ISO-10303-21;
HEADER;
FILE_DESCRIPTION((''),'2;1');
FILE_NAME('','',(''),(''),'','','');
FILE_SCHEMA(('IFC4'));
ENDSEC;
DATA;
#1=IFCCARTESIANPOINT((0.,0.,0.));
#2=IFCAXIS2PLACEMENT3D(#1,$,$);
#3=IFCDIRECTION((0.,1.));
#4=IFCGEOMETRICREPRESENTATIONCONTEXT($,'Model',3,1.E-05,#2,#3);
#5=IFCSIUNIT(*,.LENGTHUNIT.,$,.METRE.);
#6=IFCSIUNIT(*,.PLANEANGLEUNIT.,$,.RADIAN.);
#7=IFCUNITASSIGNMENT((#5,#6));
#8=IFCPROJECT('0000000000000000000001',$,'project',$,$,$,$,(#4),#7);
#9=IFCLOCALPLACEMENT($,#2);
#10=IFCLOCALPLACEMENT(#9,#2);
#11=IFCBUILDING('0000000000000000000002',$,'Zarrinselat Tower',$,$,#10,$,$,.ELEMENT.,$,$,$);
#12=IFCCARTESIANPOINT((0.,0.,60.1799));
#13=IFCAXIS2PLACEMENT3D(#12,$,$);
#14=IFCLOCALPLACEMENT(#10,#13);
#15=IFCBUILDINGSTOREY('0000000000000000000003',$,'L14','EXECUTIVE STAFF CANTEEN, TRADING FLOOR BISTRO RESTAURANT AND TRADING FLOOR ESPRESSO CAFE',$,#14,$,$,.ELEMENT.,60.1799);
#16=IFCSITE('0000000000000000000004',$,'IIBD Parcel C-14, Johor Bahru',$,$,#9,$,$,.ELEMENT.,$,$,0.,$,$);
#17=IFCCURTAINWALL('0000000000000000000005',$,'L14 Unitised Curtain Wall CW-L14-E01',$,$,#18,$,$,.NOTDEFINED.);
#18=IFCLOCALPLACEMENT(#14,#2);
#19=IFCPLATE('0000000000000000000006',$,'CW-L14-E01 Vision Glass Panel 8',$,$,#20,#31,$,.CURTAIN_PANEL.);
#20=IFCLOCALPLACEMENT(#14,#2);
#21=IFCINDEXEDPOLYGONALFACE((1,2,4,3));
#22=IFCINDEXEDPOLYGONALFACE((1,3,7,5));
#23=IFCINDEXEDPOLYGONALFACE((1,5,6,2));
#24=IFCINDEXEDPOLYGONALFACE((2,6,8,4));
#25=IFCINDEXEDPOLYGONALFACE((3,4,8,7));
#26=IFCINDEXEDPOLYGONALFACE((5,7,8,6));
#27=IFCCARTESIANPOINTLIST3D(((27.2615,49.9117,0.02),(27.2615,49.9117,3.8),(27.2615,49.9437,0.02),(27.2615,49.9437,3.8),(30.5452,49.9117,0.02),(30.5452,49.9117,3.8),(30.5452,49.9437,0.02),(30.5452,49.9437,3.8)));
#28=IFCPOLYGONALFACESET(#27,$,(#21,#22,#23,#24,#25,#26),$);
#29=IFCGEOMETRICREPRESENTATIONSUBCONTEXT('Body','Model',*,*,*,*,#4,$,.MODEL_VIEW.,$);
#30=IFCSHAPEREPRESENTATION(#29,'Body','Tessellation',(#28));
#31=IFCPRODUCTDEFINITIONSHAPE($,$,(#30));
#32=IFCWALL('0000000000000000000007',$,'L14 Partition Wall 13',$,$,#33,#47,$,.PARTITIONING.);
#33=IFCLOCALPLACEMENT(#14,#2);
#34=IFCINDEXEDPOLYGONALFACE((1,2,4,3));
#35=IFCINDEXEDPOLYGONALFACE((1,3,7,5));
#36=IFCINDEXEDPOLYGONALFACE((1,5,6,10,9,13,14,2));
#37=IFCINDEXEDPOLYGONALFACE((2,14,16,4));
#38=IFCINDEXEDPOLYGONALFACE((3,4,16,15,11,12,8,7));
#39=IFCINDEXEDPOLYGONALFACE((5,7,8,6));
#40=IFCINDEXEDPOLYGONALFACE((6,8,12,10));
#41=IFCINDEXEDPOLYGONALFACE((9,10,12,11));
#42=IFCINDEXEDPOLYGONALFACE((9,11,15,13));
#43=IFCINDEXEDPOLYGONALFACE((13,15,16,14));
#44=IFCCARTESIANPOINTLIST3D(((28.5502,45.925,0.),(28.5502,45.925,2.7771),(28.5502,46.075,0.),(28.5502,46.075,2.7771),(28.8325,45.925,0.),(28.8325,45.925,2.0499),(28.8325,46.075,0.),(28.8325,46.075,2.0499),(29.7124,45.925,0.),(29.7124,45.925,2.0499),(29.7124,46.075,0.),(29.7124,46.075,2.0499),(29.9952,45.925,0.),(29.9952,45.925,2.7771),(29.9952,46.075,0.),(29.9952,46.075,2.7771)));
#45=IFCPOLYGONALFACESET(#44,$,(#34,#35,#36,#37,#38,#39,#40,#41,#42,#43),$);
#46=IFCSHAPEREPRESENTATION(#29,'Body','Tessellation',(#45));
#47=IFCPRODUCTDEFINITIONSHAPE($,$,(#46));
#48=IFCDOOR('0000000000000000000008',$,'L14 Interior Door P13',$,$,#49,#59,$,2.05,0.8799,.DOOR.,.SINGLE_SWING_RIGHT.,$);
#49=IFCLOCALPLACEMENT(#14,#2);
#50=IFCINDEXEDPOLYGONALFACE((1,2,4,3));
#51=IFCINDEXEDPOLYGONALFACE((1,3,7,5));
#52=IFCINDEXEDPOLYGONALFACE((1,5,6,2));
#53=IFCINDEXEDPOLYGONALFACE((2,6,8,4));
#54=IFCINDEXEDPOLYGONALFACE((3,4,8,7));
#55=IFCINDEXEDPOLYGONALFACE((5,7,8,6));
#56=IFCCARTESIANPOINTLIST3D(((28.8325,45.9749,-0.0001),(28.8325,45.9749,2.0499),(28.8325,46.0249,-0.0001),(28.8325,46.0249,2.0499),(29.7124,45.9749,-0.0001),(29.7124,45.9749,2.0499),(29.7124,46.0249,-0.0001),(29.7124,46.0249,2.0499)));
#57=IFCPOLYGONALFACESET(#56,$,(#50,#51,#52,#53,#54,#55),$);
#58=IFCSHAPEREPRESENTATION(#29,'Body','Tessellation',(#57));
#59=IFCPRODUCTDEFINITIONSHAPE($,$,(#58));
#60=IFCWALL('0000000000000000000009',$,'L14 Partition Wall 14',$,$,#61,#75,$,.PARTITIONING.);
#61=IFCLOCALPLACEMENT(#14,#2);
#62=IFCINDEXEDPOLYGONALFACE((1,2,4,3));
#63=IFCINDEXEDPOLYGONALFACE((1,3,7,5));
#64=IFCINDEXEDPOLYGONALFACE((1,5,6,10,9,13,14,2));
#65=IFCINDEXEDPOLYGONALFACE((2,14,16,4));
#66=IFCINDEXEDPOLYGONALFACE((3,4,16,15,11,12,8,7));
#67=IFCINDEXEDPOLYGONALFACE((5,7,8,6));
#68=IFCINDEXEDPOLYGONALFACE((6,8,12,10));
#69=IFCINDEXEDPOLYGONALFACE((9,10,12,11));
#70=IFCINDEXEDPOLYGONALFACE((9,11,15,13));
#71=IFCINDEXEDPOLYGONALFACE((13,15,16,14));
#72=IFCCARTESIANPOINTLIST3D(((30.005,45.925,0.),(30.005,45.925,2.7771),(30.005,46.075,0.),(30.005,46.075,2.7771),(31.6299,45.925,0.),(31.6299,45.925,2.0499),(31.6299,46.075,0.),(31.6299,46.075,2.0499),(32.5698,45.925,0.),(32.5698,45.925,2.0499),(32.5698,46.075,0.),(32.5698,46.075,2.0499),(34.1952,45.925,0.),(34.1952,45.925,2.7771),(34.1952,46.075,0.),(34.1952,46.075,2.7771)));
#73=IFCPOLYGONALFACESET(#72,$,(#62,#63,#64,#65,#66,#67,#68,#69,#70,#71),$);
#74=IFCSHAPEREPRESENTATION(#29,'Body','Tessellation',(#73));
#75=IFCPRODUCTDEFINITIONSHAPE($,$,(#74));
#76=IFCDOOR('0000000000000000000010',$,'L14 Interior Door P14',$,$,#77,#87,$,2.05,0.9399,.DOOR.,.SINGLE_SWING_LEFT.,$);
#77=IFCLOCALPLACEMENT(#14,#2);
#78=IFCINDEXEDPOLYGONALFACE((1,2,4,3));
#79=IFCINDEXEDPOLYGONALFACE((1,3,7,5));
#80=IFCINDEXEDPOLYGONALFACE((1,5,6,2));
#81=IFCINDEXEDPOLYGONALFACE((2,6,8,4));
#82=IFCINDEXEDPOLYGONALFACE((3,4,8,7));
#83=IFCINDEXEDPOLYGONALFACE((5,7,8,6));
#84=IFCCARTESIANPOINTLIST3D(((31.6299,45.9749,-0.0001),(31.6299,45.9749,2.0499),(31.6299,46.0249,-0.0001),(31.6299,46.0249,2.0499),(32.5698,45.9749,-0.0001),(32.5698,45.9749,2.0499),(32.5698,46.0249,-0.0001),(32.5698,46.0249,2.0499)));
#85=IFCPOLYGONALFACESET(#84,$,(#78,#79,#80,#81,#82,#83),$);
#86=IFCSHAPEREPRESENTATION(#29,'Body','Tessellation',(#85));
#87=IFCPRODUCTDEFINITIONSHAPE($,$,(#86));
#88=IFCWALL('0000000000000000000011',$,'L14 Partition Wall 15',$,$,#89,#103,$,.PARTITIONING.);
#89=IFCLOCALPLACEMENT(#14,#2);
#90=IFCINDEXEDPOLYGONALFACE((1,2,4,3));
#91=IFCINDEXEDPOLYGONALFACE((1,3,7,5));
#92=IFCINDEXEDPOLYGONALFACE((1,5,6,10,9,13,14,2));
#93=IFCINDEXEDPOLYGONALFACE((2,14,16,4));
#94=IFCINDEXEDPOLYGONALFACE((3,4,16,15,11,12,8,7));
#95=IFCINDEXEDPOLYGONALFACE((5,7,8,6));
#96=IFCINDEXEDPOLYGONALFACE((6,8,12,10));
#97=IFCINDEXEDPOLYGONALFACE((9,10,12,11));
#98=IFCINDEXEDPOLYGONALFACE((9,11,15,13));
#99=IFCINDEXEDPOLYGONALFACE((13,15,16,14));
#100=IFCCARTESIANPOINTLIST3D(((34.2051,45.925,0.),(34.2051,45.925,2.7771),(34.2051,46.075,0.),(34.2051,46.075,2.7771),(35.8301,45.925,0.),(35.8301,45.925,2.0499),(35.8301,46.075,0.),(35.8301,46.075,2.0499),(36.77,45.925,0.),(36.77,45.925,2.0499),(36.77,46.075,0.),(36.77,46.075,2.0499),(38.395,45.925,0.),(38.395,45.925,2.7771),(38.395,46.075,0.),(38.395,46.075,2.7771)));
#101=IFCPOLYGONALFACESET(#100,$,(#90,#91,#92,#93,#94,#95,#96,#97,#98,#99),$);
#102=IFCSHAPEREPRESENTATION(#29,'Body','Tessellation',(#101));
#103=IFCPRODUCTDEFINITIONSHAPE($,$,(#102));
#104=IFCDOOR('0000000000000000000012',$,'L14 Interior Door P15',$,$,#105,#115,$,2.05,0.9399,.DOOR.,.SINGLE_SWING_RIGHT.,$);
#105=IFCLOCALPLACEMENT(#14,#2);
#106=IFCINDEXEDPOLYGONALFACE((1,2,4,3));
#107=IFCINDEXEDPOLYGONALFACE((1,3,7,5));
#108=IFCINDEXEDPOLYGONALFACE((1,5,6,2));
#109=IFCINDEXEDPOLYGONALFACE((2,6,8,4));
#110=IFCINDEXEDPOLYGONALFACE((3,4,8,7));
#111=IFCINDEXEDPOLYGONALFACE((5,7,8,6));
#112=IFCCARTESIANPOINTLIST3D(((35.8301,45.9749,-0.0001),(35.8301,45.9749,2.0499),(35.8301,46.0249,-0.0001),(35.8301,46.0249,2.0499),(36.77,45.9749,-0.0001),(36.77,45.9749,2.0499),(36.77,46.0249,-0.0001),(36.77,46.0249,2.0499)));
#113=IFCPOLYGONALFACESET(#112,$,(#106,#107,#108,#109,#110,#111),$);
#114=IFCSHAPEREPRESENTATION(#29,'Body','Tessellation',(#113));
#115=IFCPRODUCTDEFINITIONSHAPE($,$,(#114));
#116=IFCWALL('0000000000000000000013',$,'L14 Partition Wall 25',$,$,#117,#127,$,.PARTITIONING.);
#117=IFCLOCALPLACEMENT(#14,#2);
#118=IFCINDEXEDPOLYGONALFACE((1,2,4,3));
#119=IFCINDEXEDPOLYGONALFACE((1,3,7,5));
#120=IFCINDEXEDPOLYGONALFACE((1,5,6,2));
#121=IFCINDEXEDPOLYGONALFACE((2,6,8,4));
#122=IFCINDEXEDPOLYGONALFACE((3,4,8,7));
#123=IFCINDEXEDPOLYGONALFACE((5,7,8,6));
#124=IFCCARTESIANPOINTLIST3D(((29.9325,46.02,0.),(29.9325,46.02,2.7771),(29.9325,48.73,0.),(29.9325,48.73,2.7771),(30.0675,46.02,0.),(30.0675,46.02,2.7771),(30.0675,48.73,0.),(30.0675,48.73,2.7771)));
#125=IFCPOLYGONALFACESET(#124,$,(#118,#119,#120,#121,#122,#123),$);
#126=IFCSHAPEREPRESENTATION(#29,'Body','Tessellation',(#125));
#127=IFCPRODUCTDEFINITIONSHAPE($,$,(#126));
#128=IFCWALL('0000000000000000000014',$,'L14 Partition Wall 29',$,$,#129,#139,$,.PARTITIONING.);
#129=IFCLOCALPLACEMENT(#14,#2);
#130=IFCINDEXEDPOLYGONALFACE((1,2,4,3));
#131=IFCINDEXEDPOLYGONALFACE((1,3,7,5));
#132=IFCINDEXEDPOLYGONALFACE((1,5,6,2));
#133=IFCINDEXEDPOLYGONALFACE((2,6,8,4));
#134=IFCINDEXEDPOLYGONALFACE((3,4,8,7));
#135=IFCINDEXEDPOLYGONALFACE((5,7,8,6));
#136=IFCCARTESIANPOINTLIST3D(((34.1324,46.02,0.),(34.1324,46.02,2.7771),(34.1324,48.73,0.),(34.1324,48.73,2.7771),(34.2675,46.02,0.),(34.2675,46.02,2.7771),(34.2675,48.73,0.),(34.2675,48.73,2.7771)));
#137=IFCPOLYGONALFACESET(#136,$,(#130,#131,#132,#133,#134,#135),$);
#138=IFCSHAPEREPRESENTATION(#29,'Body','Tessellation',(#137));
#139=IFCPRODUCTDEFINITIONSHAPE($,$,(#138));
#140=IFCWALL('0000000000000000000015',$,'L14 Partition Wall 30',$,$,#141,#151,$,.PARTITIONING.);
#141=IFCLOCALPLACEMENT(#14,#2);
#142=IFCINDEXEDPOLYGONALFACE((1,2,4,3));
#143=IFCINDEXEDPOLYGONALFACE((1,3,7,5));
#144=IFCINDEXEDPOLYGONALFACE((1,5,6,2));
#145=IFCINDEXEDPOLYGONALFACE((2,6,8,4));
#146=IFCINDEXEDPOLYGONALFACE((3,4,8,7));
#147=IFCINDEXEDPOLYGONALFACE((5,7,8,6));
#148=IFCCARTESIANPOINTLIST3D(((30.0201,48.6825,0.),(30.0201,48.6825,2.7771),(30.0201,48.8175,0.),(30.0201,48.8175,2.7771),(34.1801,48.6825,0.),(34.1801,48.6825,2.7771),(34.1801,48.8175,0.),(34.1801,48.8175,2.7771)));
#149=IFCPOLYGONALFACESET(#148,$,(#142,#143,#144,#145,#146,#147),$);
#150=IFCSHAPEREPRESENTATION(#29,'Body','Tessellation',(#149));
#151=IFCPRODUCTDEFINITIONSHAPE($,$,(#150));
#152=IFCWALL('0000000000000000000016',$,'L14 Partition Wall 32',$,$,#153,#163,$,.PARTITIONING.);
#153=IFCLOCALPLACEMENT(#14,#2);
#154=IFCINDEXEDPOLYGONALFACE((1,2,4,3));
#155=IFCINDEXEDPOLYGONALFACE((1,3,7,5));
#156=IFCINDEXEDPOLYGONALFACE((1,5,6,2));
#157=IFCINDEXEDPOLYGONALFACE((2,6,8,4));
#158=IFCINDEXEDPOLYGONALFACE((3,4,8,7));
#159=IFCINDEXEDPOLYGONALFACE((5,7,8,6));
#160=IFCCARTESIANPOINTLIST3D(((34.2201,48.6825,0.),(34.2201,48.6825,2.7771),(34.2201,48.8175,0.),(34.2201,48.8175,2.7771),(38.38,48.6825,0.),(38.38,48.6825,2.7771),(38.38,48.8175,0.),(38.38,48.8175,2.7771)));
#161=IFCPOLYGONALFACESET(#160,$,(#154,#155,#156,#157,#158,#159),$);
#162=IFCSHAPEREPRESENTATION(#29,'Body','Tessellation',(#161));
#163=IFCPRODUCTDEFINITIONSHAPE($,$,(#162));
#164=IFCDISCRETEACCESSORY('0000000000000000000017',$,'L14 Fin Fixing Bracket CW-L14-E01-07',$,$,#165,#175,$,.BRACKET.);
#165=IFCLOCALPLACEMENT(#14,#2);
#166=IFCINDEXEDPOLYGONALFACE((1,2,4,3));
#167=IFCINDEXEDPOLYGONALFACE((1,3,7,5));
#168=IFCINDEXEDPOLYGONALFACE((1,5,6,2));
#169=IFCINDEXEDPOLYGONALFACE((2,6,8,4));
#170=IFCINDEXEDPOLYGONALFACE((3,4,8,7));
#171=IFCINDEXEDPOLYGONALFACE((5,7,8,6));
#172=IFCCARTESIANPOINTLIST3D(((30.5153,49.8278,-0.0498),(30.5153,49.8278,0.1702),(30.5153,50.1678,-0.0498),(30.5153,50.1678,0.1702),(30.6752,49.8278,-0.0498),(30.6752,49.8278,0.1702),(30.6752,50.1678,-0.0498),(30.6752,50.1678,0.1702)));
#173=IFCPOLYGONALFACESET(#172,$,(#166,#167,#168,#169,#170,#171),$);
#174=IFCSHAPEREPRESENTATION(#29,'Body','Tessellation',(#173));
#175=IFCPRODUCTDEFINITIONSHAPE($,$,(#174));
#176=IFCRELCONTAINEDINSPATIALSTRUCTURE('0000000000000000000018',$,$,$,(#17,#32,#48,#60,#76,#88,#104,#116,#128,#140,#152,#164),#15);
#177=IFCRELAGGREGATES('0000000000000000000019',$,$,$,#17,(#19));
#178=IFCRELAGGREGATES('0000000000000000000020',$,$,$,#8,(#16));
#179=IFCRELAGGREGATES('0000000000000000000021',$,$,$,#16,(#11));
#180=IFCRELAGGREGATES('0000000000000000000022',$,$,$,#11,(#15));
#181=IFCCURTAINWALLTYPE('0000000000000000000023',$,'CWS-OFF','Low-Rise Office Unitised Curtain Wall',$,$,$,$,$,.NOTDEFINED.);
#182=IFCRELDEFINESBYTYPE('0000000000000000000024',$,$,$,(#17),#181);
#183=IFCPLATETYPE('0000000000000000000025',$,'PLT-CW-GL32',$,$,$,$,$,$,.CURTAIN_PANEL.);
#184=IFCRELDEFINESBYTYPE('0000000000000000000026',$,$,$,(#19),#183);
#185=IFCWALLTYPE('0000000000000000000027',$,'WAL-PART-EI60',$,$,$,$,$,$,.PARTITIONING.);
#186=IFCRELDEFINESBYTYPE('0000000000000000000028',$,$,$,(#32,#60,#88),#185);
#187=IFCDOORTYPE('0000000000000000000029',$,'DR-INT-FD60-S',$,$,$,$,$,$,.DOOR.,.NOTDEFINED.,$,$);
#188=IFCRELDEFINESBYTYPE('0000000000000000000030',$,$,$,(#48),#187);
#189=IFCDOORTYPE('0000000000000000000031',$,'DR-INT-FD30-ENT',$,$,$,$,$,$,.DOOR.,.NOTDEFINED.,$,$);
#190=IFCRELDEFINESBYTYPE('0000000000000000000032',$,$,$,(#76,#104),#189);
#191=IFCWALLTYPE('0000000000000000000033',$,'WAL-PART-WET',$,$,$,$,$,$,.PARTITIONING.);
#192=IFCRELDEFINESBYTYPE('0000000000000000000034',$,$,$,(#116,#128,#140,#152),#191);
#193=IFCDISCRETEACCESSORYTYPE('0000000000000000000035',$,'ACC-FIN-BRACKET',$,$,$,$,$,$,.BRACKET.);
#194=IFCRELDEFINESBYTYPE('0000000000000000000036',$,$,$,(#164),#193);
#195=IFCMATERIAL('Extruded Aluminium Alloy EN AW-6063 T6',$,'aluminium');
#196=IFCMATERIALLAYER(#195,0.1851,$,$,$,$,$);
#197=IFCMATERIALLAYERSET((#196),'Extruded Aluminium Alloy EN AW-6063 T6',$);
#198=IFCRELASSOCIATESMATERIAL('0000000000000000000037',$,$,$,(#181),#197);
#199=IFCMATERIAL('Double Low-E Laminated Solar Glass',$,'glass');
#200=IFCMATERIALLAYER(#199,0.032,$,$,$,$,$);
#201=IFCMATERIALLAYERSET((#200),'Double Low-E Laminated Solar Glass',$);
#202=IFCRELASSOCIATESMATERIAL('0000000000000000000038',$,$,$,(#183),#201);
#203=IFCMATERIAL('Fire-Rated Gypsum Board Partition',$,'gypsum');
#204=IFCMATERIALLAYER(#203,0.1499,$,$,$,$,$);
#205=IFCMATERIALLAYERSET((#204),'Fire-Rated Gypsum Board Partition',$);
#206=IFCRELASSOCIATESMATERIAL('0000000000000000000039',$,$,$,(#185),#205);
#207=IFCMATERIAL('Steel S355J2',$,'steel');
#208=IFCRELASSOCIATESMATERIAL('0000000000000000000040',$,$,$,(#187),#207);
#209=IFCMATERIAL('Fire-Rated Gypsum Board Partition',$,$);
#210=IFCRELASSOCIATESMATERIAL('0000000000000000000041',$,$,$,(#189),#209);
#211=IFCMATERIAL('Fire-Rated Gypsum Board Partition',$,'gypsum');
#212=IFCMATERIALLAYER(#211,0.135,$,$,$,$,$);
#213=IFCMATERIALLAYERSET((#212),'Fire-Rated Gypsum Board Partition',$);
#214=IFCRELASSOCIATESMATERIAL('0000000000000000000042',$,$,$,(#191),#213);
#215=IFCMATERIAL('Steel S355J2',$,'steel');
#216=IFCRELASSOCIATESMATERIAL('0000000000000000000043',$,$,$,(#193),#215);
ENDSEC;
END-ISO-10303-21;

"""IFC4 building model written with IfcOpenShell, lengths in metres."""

from ifc_helpers import new_model, si_unit, direction, frame, frame_2d, origin, origin_2d, place, context, subcontext, project, spatial, rectangle, extrude, material, layer, layer_set, type_object, element, fill, aggregate, save


model = new_model("IFC4")

# Units and contexts
model_context = context("Model", 3, precision=1e-05, world=origin(), true_north=direction((0.0, 1.0)))
body_context = subcontext(model_context, "Body", "Model", "MODEL_VIEW")
ifc_project = project(units=[si_unit("LENGTHUNIT", "METRE"), si_unit("PLANEANGLEUNIT", "RADIAN")], contexts=[model_context])

# Site, building, storey
site_placement = place(None, origin())
site = spatial("IfcSite", under=ifc_project, at=site_placement, Name="IIBD Parcel C-14, Johor Bahru", CompositionType="ELEMENT", RefElevation=0.0)
building_placement = place(site_placement, origin())
building = spatial("IfcBuilding", under=site, at=building_placement, Name="Zarrinselat Tower", CompositionType="ELEMENT")
storey_placement = place(building_placement, frame((0.0, 0.0, 60.1799)))
storey = spatial("IfcBuildingStorey", under=building, at=storey_placement, Name="L14", Description="EXECUTIVE STAFF CANTEEN, TRADING FLOOR BISTRO RESTAURANT AND TRADING FLOOR ESPRESSO CAFE", CompositionType="ELEMENT", Elevation=60.1799)

# Curtain wall, plate
ifc_material_1 = material(Name="Extruded Aluminium Alloy EN AW-6063 T6", Category="aluminium")
ifc_layer_1 = layer(ifc_material_1, 0.1851)
ifc_layer_set_1 = layer_set([ifc_layer_1], Name="Extruded Aluminium Alloy EN AW-6063 T6")
curtain_wall_type = type_object("IfcCurtainWallType", Name="CWS-OFF", Description="Low-Rise Office Unitised Curtain Wall", PredefinedType="NOTDEFINED", material=ifc_layer_set_1)
curtain_wall_placement = place(storey_placement, origin())
curtain_wall = element("IfcCurtainWall", 1, at=curtain_wall_placement, inside=storey, type_object=curtain_wall_type, Name="L14 Unitised Curtain Wall CW-L14-E01", PredefinedType="NOTDEFINED")
ifc_material_2 = material(Name="Double Low-E Laminated Solar Glass", Category="glass")
ifc_layer_2 = layer(ifc_material_2, 0.032)
ifc_layer_set_2 = layer_set([ifc_layer_2], Name="Double Low-E Laminated Solar Glass")
plate_type = type_object("IfcPlateType", Name="PLT-CW-GL32", PredefinedType="CURTAIN_PANEL", material=ifc_layer_set_2)
plate_1_placement = place(storey_placement, frame((28.9033, 49.9277, 0.02), z_axis=(0.0, 0.0, 1.0), x_axis=(-1.0, 0.0, 0.0)))
plate_1 = element("IfcPlate", 2, at=plate_1_placement, type_object=plate_type, Name="CW-L14-E01 Vision Glass Panel 8", PredefinedType="CURTAIN_PANEL", context=body_context, shape_type="SweptSolid", body=[
    extrude(rectangle(XDim=3.2837, YDim=0.032, at=origin_2d()), origin(), (0.0, 0.0, 1.0), 3.78),
])
aggregate(curtain_wall, [plate_1])

# Walls, openings, doors
ifc_material_3 = material(Name="Fire-Rated Gypsum Board Partition", Category="gypsum")
ifc_layer_3 = layer(ifc_material_3, 0.1499)
ifc_layer_set_3 = layer_set([ifc_layer_3], Name="Fire-Rated Gypsum Board Partition")
wall_type_1 = type_object("IfcWallType", Name="WAL-PART-EI60", PredefinedType="PARTITIONING", material=ifc_layer_set_3)
wall_1_placement = place(storey_placement, frame((28.55, 46.0, 0.0), z_axis=(0.0, 0.0, 1.0), x_axis=(1.0, 0.0, 0.0)))
wall_1 = element("IfcWall", 3, at=wall_1_placement, inside=storey, type_object=wall_type_1, Name="L14 Partition Wall 13", PredefinedType="PARTITIONING", context=body_context, shape_type="SweptSolid", body=[
    extrude(rectangle(XDim=1.4451, YDim=0.1499, at=frame_2d((0.7227, 0.0))), origin(), (0.0, 0.0, 1.0), 2.7771),
])
opening_1_placement = place(wall_1_placement, frame((0.2825, 0.0, 0.0)))
opening_1 = element("IfcOpeningElement", 4, at=opening_1_placement, cuts=wall_1, PredefinedType="OPENING", context=body_context, shape_type="SweptSolid", body=[
    extrude(rectangle(XDim=0.8799, YDim=2.05, at=frame_2d((0.4399, 1.0249))), frame((0.0, 0.085, 0.0), z_axis=(0.0, -1.0, 0.0), x_axis=(1.0, 0.0, 0.0)), (0.0, 0.0, 1.0), 0.1699),
])
ifc_material_4 = material(Name="Steel S355J2", Category="steel")
door_type_1 = type_object("IfcDoorType", Name="DR-INT-FD60-S", OperationType="NOTDEFINED", PredefinedType="DOOR", material=ifc_material_4)
door_1_placement = place(opening_1_placement, origin())
door_1 = element("IfcDoor", 5, at=door_1_placement, inside=storey, type_object=door_type_1, Name="L14 Interior Door P13", OperationType="SINGLE_SWING_RIGHT", OverallHeight=2.05, OverallWidth=0.8799, PredefinedType="DOOR", context=body_context, shape_type="SweptSolid", body=[
    extrude(rectangle(XDim=0.8799, YDim=2.05, at=frame_2d((0.4399, 1.0249))), frame((0.0, 0.0249, 0.0), z_axis=(0.0, -1.0, 0.0), x_axis=(1.0, 0.0, 0.0)), (0.0, 0.0, 1.0), 0.05),
])
fill(opening_1, door_1)
wall_2_placement = place(storey_placement, frame((30.0049, 46.0, 0.0), z_axis=(0.0, 0.0, 1.0), x_axis=(1.0, 0.0, 0.0)))
wall_2 = element("IfcWall", 6, at=wall_2_placement, inside=storey, type_object=wall_type_1, Name="L14 Partition Wall 14", PredefinedType="PARTITIONING", context=body_context, shape_type="SweptSolid", body=[
    extrude(rectangle(XDim=4.1902, YDim=0.1499, at=frame_2d((2.0952, 0.0))), origin(), (0.0, 0.0, 1.0), 2.7771),
])
opening_2_placement = place(wall_2_placement, frame((1.625, 0.0, 0.0)))
opening_2 = element("IfcOpeningElement", 7, at=opening_2_placement, cuts=wall_2, PredefinedType="OPENING", context=body_context, shape_type="SweptSolid", body=[
    extrude(rectangle(XDim=0.9399, YDim=2.05, at=frame_2d((0.47, 1.0249))), frame((0.0, 0.085, 0.0), z_axis=(0.0, -1.0, 0.0), x_axis=(1.0, 0.0, 0.0)), (0.0, 0.0, 1.0), 0.1699),
])
ifc_material_5 = material(Name="Fire-Rated Gypsum Board Partition")
door_type_2 = type_object("IfcDoorType", Name="DR-INT-FD30-ENT", OperationType="NOTDEFINED", PredefinedType="DOOR", material=ifc_material_5)
door_2_placement = place(opening_2_placement, origin())
door_2 = element("IfcDoor", 8, at=door_2_placement, inside=storey, type_object=door_type_2, Name="L14 Interior Door P14", OperationType="SINGLE_SWING_LEFT", OverallHeight=2.05, OverallWidth=0.9399, PredefinedType="DOOR", context=body_context, shape_type="SweptSolid", body=[
    extrude(rectangle(XDim=0.9399, YDim=2.05, at=frame_2d((0.47, 1.0249))), frame((0.0, 0.0249, 0.0), z_axis=(0.0, -1.0, 0.0), x_axis=(1.0, 0.0, 0.0)), (0.0, 0.0, 1.0), 0.05),
])
fill(opening_2, door_2)
wall_3_placement = place(storey_placement, frame((34.2051, 46.0, 0.0), z_axis=(0.0, 0.0, 1.0), x_axis=(1.0, 0.0, 0.0)))
wall_3 = element("IfcWall", 9, at=wall_3_placement, inside=storey, type_object=wall_type_1, Name="L14 Partition Wall 15", PredefinedType="PARTITIONING", context=body_context, shape_type="SweptSolid", body=[
    extrude(rectangle(XDim=4.1899, YDim=0.1499, at=frame_2d((2.095, 0.0))), origin(), (0.0, 0.0, 1.0), 2.7771),
])
opening_3_placement = place(wall_3_placement, frame((1.625, 0.0, 0.0)))
opening_3 = element("IfcOpeningElement", 10, at=opening_3_placement, cuts=wall_3, PredefinedType="OPENING", context=body_context, shape_type="SweptSolid", body=[
    extrude(rectangle(XDim=0.9399, YDim=2.05, at=frame_2d((0.47, 1.0249))), frame((0.0, 0.085, 0.0), z_axis=(0.0, -1.0, 0.0), x_axis=(1.0, 0.0, 0.0)), (0.0, 0.0, 1.0), 0.1699),
])
door_3_placement = place(opening_3_placement, origin())
door_3 = element("IfcDoor", 11, at=door_3_placement, inside=storey, type_object=door_type_2, Name="L14 Interior Door P15", OperationType="SINGLE_SWING_RIGHT", OverallHeight=2.05, OverallWidth=0.9399, PredefinedType="DOOR", context=body_context, shape_type="SweptSolid", body=[
    extrude(rectangle(XDim=0.9399, YDim=2.05, at=frame_2d((0.47, 1.0249))), frame((0.0, 0.0249, 0.0), z_axis=(0.0, -1.0, 0.0), x_axis=(1.0, 0.0, 0.0)), (0.0, 0.0, 1.0), 0.05),
])
fill(opening_3, door_3)

# Walls
ifc_material_6 = material(Name="Fire-Rated Gypsum Board Partition", Category="gypsum")
ifc_layer_4 = layer(ifc_material_6, 0.135)
ifc_layer_set_4 = layer_set([ifc_layer_4], Name="Fire-Rated Gypsum Board Partition")
wall_type_2 = type_object("IfcWallType", Name="WAL-PART-WET", PredefinedType="PARTITIONING", material=ifc_layer_set_4)
for number, where, z_axis, x_axis, name in (
    (12, (30.0, 46.02, 0.0), (0.0, 0.0, 1.0), (0.0, 1.0, 0.0), "L14 Partition Wall 25"),
    (13, (34.2, 46.02, 0.0), (0.0, 0.0, 1.0), (0.0, 1.0, 0.0), "L14 Partition Wall 29"),
):
    element("IfcWall", number, at=place(storey_placement, frame(where, z_axis=z_axis, x_axis=x_axis)), inside=storey, type_object=wall_type_2, Name=name, PredefinedType="PARTITIONING", context=body_context, shape_type="SweptSolid", body=[
        extrude(rectangle(XDim=2.71, YDim=0.135, at=frame_2d((1.355, 0.0))), origin(), (0.0, 0.0, 1.0), 2.7771),
    ])
for number, where, z_axis, x_axis, name in (
    (14, (30.02, 48.75, 0.0), (0.0, 0.0, 1.0), (1.0, 0.0, 0.0), "L14 Partition Wall 30"),
    (15, (34.22, 48.75, 0.0), (0.0, 0.0, 1.0), (1.0, 0.0, 0.0), "L14 Partition Wall 32"),
):
    element("IfcWall", number, at=place(storey_placement, frame(where, z_axis=z_axis, x_axis=x_axis)), inside=storey, type_object=wall_type_2, Name=name, PredefinedType="PARTITIONING", context=body_context, shape_type="SweptSolid", body=[
        extrude(rectangle(XDim=4.1599, YDim=0.135, at=frame_2d((2.0801, 0.0))), origin(), (0.0, 0.0, 1.0), 2.7771),
    ])

# Discrete accessory
ifc_material_7 = material(Name="Steel S355J2", Category="steel")
discrete_accessory_type = type_object("IfcDiscreteAccessoryType", Name="ACC-FIN-BRACKET", PredefinedType="BRACKET", material=ifc_material_7)
discrete_accessory_placement = place(storey_placement, frame((30.5952, 49.9978, -0.0498), z_axis=(0.0, 0.0, 1.0), x_axis=(0.0, 1.0, 0.0)))
element("IfcDiscreteAccessory", 16, at=discrete_accessory_placement, inside=storey, type_object=discrete_accessory_type, Name="L14 Fin Fixing Bracket CW-L14-E01-07", PredefinedType="BRACKET", context=body_context, shape_type="SweptSolid", body=[
    extrude(rectangle(XDim=0.3401, YDim=0.1599, at=origin_2d()), origin(), (0.0, 0.0, 1.0), 0.22),
])

save(model, "model.ifc")
